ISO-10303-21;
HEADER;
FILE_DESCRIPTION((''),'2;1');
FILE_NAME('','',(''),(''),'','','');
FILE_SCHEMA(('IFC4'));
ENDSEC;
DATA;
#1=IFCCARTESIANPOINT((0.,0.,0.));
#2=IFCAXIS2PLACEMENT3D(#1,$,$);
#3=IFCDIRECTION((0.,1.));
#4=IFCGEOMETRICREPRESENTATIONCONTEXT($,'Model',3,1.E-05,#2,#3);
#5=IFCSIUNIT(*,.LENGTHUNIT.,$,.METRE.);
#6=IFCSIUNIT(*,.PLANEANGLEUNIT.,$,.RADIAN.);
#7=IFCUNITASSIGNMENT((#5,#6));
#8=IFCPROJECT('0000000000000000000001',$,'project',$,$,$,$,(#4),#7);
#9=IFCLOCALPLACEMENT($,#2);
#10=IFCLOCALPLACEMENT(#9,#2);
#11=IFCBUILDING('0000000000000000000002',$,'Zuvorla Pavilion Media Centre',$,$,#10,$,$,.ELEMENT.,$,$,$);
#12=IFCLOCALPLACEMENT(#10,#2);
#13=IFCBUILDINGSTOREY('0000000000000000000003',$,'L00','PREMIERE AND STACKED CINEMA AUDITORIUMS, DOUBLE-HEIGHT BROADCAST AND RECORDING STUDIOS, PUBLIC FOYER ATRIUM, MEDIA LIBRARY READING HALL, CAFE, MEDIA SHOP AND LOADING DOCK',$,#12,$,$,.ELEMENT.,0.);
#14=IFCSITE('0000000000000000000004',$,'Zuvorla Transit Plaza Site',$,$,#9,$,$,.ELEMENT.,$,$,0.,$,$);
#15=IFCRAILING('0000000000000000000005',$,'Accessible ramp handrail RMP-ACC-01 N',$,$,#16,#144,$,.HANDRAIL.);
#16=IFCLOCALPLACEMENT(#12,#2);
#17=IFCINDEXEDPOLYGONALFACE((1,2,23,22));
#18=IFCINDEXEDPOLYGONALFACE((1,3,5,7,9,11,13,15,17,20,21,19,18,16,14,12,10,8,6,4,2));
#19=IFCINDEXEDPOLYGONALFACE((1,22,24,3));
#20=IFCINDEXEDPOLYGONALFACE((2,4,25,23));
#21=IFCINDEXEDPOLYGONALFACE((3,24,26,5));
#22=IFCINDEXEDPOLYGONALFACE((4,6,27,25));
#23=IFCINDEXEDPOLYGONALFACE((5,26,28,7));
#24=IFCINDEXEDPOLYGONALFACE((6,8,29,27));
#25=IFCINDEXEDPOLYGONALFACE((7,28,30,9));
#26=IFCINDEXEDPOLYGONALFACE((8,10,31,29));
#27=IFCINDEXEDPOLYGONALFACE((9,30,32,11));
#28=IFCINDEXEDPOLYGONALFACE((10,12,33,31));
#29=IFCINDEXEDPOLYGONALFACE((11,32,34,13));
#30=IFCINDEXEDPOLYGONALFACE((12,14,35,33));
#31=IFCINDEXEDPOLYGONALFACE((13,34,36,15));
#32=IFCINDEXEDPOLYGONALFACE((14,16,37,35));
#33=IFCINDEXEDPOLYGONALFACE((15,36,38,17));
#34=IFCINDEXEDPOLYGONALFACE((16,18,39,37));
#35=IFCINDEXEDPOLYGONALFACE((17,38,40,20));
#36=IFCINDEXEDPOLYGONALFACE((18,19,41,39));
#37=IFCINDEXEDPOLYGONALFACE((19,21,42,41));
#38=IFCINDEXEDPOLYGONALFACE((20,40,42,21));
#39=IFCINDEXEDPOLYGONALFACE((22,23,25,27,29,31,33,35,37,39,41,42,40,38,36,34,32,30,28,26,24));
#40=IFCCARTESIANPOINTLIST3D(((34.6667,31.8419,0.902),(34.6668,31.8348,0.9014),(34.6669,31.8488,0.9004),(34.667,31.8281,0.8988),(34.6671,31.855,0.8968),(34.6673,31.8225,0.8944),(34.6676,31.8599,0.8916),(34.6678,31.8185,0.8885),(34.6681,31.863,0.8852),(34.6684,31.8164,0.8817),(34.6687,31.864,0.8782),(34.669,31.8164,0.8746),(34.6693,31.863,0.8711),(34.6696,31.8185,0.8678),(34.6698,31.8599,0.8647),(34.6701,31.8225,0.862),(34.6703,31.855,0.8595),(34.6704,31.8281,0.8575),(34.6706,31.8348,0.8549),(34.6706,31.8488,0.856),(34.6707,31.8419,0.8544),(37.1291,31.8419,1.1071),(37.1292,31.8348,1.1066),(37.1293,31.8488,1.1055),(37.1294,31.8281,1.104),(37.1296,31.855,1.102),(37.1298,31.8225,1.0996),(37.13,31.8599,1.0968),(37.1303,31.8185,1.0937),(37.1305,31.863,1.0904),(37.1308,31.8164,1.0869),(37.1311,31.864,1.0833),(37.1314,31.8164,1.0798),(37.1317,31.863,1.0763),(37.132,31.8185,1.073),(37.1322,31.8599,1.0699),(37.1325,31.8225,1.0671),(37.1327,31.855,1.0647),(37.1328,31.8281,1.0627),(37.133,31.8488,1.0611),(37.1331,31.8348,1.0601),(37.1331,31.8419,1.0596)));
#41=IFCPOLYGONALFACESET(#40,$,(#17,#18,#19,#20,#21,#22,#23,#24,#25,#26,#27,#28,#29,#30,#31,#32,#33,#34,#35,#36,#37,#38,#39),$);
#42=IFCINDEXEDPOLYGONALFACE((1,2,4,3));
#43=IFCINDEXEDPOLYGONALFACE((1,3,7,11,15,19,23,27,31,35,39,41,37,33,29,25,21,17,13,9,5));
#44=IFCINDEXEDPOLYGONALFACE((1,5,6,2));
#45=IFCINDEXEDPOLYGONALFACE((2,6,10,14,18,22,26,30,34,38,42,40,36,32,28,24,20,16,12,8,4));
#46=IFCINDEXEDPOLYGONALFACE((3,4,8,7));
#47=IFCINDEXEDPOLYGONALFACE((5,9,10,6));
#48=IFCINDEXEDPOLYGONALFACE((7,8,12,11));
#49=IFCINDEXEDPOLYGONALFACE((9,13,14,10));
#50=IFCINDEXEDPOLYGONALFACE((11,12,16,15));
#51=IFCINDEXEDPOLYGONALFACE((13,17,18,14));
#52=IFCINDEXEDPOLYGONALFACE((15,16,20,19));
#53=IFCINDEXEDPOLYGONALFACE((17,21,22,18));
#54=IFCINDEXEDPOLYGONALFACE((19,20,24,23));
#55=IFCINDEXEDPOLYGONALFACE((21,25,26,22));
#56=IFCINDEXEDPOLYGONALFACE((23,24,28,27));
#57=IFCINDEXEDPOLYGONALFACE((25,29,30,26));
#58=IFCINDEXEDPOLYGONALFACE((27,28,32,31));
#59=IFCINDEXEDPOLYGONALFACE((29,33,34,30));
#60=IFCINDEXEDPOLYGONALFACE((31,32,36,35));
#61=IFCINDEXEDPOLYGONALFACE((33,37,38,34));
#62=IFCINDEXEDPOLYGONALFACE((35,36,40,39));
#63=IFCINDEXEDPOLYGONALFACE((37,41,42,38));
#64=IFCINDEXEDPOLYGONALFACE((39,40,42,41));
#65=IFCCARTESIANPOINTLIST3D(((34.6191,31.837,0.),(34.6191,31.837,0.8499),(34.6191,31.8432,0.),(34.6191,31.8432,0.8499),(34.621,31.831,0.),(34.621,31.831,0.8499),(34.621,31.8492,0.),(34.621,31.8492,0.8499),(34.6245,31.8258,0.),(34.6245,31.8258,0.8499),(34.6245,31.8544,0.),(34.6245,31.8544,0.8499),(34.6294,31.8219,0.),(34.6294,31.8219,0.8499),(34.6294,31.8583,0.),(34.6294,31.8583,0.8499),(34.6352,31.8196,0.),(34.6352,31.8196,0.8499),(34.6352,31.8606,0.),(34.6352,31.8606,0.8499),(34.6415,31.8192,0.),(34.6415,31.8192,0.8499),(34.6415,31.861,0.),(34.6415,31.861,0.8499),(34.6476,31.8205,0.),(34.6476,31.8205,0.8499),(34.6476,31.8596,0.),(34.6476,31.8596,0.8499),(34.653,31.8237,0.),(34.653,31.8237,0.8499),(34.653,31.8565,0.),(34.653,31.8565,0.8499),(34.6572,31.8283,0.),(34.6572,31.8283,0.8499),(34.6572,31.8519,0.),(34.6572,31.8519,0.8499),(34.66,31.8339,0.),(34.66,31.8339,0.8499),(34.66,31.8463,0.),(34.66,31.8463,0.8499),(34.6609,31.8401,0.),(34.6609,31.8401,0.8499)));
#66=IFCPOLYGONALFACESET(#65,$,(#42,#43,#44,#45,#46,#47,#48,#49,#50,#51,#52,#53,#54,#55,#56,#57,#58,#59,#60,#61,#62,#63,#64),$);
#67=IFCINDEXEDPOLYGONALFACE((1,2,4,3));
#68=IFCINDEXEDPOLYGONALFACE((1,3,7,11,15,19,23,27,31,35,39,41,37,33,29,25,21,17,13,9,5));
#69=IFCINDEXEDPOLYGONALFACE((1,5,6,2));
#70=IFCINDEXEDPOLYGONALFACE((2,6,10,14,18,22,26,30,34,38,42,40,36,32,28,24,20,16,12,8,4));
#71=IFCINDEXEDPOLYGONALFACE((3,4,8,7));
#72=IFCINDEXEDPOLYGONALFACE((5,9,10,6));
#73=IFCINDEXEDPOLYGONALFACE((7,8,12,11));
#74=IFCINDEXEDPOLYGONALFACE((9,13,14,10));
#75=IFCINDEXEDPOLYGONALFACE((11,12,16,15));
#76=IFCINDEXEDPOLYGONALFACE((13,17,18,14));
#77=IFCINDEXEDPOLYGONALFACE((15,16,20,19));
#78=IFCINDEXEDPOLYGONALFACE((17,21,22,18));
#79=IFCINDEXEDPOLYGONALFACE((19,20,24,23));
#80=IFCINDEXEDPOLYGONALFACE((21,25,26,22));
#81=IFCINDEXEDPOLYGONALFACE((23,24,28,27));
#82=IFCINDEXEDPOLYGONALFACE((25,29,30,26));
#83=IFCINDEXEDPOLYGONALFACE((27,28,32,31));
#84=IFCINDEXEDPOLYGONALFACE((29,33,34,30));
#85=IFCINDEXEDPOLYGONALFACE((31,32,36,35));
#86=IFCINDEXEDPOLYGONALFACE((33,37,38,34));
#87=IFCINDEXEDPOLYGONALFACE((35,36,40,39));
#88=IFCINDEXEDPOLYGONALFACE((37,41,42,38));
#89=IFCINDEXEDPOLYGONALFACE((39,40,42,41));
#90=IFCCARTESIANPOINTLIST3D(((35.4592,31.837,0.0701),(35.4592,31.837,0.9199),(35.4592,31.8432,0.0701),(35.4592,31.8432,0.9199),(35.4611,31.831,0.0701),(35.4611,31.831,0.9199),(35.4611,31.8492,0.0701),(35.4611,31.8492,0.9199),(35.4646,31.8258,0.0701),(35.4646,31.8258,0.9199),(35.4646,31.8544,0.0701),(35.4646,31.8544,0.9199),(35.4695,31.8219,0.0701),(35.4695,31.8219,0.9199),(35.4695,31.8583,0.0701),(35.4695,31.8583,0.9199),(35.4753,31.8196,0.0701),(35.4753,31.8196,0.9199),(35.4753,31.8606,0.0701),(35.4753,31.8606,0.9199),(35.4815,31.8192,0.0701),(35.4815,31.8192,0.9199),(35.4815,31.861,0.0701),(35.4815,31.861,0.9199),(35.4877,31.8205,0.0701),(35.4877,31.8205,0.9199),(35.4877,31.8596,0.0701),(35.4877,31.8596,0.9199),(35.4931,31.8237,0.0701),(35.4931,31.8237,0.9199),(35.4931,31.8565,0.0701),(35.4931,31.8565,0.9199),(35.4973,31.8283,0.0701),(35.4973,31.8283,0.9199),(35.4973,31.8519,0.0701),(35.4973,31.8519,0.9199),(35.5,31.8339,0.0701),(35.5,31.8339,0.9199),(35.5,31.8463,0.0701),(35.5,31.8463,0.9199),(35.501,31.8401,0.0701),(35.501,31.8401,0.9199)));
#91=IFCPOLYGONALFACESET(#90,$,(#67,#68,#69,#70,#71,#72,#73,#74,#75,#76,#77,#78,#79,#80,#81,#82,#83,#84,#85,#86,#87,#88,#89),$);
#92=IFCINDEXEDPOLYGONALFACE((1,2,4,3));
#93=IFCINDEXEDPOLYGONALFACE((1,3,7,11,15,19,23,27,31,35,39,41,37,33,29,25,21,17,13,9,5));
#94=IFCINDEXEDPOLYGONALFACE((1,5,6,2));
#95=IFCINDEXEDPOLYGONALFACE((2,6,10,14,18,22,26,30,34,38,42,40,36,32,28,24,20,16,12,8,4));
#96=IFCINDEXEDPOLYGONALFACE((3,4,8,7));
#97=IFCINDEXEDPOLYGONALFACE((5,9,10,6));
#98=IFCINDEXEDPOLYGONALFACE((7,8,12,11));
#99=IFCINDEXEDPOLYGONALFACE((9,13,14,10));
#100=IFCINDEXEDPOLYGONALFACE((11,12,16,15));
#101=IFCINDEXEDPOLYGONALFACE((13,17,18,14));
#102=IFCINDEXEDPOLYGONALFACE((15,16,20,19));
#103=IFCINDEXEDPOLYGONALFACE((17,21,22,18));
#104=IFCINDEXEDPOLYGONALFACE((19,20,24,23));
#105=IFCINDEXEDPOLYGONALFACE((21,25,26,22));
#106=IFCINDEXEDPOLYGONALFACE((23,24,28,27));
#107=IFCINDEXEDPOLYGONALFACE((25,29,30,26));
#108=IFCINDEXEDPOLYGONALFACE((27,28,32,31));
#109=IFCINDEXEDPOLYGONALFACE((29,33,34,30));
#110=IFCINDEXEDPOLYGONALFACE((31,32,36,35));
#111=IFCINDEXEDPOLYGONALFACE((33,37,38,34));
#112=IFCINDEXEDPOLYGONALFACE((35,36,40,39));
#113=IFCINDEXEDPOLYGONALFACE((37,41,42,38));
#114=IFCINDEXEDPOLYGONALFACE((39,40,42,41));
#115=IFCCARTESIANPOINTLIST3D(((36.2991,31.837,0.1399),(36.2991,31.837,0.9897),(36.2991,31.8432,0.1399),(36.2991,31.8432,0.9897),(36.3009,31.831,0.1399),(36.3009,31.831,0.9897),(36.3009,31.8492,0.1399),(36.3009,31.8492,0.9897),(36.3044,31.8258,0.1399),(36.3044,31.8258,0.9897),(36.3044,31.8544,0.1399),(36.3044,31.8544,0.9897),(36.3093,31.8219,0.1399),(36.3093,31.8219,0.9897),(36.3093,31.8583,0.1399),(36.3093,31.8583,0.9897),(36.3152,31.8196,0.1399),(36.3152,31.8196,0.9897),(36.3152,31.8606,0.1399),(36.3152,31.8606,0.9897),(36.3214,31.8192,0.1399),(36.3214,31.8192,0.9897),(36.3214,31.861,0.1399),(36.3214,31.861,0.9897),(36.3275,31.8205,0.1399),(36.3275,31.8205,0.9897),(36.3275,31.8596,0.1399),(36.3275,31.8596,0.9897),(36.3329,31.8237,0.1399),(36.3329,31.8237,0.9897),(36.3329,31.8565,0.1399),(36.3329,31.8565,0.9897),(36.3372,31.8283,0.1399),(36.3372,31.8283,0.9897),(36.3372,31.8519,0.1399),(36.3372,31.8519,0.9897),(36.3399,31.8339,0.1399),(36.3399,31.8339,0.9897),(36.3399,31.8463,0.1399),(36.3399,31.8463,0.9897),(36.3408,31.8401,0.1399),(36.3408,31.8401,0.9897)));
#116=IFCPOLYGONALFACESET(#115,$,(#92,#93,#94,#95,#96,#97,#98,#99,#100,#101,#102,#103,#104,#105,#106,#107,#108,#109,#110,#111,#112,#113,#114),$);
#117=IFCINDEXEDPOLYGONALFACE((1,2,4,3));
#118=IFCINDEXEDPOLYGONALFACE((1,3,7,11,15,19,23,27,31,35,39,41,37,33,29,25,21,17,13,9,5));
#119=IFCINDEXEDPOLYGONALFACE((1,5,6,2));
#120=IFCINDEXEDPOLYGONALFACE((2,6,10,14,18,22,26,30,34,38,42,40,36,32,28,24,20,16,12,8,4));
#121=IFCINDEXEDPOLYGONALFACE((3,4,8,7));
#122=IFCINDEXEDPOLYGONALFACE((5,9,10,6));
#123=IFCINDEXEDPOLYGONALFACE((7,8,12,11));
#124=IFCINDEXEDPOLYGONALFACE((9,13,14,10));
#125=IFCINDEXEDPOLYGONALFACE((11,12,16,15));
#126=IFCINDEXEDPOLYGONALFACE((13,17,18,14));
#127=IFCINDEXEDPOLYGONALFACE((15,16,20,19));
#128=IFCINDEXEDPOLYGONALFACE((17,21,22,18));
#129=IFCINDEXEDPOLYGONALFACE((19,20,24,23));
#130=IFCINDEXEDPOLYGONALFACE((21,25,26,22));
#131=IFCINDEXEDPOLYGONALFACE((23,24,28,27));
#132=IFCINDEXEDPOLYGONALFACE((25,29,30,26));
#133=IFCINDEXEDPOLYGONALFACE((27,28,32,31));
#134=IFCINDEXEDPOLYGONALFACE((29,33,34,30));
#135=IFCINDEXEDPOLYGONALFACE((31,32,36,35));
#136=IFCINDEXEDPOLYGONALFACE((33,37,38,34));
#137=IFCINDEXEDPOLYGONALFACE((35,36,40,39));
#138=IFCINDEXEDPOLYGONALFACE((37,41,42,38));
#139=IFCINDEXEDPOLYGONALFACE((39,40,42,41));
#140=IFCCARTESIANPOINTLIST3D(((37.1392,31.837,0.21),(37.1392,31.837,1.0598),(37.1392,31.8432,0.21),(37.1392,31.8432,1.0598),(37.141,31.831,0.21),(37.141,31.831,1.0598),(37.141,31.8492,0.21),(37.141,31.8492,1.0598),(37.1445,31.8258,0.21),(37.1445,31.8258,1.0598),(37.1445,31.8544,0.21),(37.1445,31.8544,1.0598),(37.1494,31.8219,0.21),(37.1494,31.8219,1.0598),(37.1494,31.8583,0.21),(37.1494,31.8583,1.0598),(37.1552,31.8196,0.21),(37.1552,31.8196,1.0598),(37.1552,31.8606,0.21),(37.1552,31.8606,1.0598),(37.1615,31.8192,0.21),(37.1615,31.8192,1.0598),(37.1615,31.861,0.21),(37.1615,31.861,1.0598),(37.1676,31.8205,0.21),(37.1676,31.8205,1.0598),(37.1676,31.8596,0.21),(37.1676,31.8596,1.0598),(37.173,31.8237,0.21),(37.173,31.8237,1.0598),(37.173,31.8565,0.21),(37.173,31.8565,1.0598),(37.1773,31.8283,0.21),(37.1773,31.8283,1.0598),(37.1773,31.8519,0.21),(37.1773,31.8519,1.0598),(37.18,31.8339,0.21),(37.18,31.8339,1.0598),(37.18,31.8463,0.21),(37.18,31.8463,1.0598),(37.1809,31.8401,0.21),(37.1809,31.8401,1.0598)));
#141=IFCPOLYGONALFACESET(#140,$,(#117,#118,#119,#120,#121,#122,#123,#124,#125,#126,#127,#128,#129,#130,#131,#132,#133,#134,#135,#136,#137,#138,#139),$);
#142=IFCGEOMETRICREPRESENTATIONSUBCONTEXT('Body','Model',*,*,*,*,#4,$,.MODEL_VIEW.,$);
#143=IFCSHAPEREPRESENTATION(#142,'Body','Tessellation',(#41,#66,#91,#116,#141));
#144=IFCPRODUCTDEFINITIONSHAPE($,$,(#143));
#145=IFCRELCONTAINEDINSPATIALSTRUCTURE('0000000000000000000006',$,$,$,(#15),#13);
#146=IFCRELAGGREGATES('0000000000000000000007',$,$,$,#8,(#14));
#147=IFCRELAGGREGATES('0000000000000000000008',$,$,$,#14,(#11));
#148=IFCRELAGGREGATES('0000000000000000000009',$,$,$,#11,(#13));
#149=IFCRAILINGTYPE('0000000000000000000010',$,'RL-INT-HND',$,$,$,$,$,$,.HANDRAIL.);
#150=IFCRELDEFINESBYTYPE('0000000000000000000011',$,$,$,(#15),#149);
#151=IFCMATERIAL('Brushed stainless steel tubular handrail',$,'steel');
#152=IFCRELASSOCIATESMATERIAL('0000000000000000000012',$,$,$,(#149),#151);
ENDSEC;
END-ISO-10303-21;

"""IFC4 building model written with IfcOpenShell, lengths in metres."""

from ifc_helpers import new_model, si_unit, direction, frame, origin, origin_2d, place, context, subcontext, project, spatial, circle, extrude, material, type_object, element, save


model = new_model("IFC4")

# Units and contexts
model_context = context("Model", 3, precision=1e-05, world=origin(), true_north=direction((0.0, 1.0)))
body_context = subcontext(model_context, "Body", "Model", "MODEL_VIEW")
ifc_project = project(units=[si_unit("LENGTHUNIT", "METRE"), si_unit("PLANEANGLEUNIT", "RADIAN")], contexts=[model_context])

# Site, building, storey
site_placement = place(None, origin())
site = spatial("IfcSite", under=ifc_project, at=site_placement, Name="Zuvorla Transit Plaza Site", CompositionType="ELEMENT", RefElevation=0.0)
building_placement = place(site_placement, origin())
building = spatial("IfcBuilding", under=site, at=building_placement, Name="Zuvorla Pavilion Media Centre", CompositionType="ELEMENT")
storey_placement = place(building_placement, origin())
storey = spatial("IfcBuildingStorey", under=building, at=storey_placement, Name="L00", Description="PREMIERE AND STACKED CINEMA AUDITORIUMS, DOUBLE-HEIGHT BROADCAST AND RECORDING STUDIOS, PUBLIC FOYER ATRIUM, MEDIA LIBRARY READING HALL, CAFE, MEDIA SHOP AND LOADING DOCK", CompositionType="ELEMENT", Elevation=0.0)

# Railing
ifc_material_1 = material(Name="Brushed stainless steel tubular handrail", Category="steel")
railing_type = type_object("IfcRailingType", Name="RL-INT-HND", PredefinedType="HANDRAIL", material=ifc_material_1)
for number, where, name in (
    (1, (34.6399, 31.8401, 0.0), "Accessible ramp handrail RMP-ACC-01 N"),
):
    element("IfcRailing", number, at=place(storey_placement, frame(where)), inside=storey, type_object=railing_type, Name=name, PredefinedType="HANDRAIL", context=body_context, shape_type="SweptSolid", body=[
        extrude(circle(Radius=0.0239, at=origin_2d()), frame((0.0288, 0.0, 0.8782), z_axis=(0.996547, 0.0, 0.083029), x_axis=(0.0, 1.0, 0.0)), (0.0, 0.0, 1.0), 2.4709),
        extrude(circle(Radius=0.021, at=origin_2d()), origin(), (0.0, 0.0, 1.0), 0.8499),
        extrude(circle(Radius=0.021, at=origin_2d()), frame((0.8401, 0.0, 0.0701)), (0.0, 0.0, 1.0), 0.8499),
        extrude(circle(Radius=0.021, at=origin_2d()), frame((1.6799, 0.0, 0.1399)), (0.0, 0.0, 1.0), 0.8499),
        extrude(circle(Radius=0.021, at=origin_2d()), frame((2.52, 0.0, 0.21)), (0.0, 0.0, 1.0), 0.8499),
    ])

save(model, "model.ifc")
